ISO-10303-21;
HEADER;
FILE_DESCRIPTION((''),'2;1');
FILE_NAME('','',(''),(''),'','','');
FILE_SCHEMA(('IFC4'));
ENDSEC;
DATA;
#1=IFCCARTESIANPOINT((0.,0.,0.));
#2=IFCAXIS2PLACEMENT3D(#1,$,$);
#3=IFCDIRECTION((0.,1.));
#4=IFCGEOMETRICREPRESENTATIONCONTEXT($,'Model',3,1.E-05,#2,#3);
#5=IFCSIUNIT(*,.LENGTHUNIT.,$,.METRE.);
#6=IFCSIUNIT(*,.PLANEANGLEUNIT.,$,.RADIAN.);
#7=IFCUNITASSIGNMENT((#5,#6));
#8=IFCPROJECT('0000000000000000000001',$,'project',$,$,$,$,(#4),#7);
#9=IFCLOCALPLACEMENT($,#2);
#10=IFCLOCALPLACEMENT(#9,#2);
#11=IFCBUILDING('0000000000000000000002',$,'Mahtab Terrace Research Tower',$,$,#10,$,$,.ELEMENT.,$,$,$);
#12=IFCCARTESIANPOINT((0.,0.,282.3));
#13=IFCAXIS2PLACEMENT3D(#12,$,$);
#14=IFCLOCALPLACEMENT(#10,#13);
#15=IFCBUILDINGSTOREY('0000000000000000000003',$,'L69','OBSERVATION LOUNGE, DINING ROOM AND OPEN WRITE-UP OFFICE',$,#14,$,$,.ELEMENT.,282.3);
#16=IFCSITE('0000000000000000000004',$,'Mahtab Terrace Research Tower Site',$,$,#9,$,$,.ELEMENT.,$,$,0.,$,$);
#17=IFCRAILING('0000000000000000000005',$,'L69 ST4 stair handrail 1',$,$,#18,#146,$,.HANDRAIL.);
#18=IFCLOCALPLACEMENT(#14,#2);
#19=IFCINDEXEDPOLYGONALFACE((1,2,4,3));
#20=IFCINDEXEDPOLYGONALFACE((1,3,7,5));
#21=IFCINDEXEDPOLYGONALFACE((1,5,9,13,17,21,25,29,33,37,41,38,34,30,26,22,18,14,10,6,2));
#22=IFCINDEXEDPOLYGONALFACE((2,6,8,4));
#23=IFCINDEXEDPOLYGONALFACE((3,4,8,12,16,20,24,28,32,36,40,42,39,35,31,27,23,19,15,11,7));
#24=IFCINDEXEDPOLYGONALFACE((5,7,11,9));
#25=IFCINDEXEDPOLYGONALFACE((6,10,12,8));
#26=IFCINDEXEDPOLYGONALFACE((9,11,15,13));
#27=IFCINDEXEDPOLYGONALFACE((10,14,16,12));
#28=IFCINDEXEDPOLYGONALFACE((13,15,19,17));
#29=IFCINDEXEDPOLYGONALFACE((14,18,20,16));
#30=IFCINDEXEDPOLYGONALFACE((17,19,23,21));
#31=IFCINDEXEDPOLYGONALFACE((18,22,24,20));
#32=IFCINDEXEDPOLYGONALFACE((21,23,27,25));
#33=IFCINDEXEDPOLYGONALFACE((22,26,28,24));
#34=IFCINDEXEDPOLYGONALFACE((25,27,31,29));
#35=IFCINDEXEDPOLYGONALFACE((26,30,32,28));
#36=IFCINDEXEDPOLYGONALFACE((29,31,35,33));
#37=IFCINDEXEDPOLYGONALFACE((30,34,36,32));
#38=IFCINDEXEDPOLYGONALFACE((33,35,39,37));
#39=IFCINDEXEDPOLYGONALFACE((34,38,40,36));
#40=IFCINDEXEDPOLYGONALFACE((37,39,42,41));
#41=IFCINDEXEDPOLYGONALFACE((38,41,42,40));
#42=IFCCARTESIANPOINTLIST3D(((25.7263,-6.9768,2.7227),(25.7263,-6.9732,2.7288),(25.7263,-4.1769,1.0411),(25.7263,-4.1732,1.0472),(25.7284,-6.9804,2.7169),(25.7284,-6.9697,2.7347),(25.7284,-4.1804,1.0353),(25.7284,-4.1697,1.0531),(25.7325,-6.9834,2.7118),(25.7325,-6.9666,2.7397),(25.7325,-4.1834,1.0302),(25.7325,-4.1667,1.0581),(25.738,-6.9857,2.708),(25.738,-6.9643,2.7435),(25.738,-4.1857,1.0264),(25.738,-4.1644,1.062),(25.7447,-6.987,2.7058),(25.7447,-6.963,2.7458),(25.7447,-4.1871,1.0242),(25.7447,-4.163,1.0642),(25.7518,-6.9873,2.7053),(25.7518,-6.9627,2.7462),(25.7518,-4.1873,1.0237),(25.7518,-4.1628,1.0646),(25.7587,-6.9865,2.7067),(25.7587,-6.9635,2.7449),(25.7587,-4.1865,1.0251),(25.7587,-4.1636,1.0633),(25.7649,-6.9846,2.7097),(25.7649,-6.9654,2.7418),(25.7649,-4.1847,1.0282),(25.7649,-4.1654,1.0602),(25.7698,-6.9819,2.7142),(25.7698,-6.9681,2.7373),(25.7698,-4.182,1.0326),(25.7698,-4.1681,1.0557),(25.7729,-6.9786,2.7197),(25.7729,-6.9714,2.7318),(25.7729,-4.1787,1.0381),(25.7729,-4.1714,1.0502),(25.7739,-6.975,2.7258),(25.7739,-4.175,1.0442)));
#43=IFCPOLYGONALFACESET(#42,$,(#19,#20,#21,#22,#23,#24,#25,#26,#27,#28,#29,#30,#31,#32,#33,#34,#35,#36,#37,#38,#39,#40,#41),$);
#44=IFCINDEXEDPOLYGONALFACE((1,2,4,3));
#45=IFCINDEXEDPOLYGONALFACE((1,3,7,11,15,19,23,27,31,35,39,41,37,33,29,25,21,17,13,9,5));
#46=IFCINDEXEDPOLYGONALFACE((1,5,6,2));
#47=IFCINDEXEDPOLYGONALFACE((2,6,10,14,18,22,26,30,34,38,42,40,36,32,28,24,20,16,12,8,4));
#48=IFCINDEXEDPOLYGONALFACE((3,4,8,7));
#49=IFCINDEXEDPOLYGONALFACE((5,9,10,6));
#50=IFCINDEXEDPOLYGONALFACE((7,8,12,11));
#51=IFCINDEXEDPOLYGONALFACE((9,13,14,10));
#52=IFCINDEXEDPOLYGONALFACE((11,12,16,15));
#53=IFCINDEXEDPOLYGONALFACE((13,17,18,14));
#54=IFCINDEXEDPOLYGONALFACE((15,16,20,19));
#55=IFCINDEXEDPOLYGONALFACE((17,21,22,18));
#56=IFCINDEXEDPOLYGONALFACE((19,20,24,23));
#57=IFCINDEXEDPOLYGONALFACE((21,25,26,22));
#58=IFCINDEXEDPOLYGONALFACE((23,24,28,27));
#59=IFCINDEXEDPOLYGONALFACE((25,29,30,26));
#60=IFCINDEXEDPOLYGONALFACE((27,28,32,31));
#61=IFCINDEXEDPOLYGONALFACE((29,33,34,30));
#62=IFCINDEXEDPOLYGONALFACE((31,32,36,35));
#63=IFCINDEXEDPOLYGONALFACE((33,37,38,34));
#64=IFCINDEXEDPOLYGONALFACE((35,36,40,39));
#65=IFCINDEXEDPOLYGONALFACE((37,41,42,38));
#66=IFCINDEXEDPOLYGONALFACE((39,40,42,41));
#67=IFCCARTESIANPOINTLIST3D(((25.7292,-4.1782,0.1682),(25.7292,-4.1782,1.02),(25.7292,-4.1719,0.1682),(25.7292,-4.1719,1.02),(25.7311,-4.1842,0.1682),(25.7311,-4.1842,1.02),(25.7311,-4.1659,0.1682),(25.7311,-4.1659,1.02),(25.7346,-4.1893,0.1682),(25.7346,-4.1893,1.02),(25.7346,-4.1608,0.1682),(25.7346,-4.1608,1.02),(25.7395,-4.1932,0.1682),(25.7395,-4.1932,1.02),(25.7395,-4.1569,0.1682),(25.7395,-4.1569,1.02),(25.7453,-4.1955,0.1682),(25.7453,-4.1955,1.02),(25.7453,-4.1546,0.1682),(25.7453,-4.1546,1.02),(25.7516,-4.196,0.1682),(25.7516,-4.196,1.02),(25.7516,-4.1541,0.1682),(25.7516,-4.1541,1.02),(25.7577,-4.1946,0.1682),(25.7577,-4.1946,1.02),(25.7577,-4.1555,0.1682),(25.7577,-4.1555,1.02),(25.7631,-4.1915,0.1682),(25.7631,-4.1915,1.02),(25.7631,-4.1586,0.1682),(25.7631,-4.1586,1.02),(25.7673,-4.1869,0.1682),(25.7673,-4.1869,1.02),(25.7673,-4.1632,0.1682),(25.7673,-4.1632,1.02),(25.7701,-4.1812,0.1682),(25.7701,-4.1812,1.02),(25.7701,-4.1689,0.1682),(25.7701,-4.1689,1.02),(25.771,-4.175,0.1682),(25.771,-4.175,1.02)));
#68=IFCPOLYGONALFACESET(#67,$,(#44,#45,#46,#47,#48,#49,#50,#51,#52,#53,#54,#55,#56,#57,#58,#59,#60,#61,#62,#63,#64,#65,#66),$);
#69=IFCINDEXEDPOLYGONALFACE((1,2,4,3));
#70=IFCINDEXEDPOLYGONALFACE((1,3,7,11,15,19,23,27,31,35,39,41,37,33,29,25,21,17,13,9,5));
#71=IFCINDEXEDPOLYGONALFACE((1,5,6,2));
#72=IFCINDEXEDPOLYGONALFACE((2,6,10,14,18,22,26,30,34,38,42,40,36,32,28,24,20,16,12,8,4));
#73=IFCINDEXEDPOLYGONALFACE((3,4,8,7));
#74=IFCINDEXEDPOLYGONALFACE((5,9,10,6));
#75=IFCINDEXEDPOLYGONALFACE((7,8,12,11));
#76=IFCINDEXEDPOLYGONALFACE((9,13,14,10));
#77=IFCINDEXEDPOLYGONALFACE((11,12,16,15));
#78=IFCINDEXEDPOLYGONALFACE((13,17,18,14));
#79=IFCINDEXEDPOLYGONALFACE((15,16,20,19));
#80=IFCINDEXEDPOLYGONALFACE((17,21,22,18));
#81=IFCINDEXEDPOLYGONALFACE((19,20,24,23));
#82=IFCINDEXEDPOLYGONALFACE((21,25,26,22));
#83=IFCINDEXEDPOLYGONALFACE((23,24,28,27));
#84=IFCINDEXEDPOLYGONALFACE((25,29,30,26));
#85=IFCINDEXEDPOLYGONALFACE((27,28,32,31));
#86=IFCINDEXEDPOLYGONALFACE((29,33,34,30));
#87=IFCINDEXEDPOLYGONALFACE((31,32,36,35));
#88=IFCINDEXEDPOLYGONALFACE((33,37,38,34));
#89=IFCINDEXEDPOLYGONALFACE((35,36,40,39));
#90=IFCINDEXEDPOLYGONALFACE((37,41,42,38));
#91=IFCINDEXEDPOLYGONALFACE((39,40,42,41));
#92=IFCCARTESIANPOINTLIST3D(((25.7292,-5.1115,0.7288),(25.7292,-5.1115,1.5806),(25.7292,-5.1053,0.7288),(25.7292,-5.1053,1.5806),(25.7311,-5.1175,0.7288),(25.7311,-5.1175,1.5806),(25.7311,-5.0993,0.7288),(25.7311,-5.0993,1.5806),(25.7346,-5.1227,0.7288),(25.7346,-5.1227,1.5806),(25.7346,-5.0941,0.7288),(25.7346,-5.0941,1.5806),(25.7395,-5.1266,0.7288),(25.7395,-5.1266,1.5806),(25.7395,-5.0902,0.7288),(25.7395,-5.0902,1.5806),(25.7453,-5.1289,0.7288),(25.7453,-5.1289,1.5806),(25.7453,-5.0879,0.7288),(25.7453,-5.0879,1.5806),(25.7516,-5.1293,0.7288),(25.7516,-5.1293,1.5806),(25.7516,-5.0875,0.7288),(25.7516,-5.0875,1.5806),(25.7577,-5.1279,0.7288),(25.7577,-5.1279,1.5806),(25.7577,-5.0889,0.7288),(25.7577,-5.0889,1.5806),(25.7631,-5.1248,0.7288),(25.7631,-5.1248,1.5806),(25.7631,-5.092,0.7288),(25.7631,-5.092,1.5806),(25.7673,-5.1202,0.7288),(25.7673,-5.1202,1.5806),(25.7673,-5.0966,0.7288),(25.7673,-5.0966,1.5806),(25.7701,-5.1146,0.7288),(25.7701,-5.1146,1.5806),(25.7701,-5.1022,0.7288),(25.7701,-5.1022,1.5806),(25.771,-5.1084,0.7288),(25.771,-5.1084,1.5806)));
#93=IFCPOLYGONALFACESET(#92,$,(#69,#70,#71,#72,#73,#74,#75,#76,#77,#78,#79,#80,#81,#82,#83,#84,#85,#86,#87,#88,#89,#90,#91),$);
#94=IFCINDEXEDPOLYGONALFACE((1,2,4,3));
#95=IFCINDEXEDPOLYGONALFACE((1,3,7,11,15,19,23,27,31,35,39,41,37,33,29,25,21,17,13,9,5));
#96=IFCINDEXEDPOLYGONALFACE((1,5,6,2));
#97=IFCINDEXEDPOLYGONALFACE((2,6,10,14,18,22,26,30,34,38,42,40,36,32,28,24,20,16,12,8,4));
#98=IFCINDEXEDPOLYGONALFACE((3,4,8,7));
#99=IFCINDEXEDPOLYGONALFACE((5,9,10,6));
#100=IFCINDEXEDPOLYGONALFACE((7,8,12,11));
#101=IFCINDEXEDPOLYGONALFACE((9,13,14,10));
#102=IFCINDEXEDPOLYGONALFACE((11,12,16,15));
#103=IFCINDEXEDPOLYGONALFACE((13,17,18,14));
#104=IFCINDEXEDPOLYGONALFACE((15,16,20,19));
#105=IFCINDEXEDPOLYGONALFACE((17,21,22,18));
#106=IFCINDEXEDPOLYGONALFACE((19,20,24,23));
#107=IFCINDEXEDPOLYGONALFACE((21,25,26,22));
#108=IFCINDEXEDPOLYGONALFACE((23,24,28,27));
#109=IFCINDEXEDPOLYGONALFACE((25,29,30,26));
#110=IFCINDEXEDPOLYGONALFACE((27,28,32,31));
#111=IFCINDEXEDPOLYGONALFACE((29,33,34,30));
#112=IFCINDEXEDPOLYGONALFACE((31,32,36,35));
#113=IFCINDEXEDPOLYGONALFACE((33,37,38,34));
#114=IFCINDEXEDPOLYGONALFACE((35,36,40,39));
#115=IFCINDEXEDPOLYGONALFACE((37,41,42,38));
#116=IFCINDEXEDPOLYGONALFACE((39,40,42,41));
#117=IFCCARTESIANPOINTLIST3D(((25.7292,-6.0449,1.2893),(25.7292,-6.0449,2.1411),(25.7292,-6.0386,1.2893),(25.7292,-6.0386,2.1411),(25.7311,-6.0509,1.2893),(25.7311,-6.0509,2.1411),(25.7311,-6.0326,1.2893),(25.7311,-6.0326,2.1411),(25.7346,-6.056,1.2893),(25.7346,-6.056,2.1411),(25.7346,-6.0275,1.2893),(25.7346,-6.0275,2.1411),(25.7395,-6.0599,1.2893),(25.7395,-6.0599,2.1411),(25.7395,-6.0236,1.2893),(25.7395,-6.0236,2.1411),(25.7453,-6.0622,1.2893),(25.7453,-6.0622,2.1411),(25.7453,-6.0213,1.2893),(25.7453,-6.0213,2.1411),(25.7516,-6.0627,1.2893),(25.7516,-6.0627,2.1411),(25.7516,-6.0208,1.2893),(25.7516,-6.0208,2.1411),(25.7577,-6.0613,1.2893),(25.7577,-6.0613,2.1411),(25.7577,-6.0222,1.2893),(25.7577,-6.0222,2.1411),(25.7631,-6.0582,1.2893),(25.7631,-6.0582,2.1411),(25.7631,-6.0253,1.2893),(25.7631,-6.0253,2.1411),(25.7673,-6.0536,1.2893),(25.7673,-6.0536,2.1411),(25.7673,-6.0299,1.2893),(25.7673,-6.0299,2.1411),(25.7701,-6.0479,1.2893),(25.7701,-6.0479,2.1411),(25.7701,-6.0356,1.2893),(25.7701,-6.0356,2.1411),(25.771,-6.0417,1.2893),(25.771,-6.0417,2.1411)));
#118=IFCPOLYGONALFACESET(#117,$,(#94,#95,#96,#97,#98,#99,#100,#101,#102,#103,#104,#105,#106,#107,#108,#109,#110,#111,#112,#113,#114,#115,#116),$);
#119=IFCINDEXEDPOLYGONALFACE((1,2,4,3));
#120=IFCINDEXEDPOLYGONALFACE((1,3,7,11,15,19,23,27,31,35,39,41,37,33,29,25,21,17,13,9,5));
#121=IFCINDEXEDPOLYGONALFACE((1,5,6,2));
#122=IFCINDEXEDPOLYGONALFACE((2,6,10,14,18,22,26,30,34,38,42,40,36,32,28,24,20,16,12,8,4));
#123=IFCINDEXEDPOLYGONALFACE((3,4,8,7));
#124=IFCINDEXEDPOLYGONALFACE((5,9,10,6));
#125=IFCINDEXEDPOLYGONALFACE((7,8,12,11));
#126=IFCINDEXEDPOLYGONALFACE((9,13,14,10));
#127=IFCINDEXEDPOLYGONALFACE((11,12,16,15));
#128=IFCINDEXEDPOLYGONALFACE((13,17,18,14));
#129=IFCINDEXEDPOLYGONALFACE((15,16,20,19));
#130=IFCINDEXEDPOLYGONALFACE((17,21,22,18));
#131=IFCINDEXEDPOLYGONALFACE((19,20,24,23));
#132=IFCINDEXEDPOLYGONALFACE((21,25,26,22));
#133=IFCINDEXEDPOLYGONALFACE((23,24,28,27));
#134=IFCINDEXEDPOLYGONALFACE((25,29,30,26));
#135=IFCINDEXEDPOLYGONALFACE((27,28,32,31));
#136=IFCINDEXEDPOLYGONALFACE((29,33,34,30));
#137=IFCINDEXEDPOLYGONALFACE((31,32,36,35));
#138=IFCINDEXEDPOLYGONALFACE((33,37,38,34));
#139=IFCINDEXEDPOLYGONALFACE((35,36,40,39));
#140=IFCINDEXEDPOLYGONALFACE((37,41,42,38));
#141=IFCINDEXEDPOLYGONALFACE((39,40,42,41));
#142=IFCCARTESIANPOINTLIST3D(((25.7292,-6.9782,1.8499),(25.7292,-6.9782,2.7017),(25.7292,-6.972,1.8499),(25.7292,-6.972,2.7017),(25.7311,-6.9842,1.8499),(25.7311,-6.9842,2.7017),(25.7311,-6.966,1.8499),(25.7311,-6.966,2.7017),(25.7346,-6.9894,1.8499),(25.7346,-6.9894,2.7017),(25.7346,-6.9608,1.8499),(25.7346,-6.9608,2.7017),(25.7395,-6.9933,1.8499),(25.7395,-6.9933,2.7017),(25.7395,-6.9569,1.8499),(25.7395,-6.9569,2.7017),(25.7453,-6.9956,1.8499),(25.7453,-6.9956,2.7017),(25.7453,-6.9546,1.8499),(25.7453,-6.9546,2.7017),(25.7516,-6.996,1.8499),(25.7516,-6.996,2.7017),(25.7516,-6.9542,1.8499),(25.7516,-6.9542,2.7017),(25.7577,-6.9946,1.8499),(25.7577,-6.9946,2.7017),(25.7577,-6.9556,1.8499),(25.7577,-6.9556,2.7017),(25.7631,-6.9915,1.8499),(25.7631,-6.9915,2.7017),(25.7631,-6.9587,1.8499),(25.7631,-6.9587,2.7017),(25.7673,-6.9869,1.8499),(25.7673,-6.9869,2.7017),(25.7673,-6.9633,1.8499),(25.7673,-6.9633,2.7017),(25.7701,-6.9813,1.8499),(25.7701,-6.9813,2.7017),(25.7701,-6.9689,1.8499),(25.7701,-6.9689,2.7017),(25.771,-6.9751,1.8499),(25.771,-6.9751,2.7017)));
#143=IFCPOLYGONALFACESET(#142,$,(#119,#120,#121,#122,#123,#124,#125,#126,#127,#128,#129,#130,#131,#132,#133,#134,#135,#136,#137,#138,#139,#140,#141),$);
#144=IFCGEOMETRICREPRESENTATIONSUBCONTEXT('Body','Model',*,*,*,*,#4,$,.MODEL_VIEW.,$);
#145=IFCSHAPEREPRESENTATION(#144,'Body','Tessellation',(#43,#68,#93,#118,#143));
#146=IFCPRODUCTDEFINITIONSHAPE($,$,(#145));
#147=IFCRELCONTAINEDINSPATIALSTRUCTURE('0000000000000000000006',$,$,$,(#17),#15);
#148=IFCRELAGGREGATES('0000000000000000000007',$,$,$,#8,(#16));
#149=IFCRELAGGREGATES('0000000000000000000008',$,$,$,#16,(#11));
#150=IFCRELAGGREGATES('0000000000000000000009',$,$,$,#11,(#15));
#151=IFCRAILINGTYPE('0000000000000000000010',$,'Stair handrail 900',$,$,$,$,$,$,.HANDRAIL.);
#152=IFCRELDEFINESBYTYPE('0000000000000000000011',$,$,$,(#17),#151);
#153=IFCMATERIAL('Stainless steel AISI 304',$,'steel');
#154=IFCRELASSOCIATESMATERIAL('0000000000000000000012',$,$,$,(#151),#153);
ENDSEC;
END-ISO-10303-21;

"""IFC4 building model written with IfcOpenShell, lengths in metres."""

from ifc_helpers import new_model, si_unit, direction, frame, origin, origin_2d, place, context, subcontext, project, spatial, circle, extrude, material, type_object, element, save


model = new_model("IFC4")

# Units and contexts
model_context = context("Model", 3, precision=1e-05, world=origin(), true_north=direction((0.0, 1.0)))
body_context = subcontext(model_context, "Body", "Model", "MODEL_VIEW")
ifc_project = project(units=[si_unit("LENGTHUNIT", "METRE"), si_unit("PLANEANGLEUNIT", "RADIAN")], contexts=[model_context])

# Site, building, storey
site_placement = place(None, origin())
site = spatial("IfcSite", under=ifc_project, at=site_placement, Name="Mahtab Terrace Research Tower Site", CompositionType="ELEMENT", RefElevation=0.0)
building_placement = place(site_placement, origin())
building = spatial("IfcBuilding", under=site, at=building_placement, Name="Mahtab Terrace Research Tower", CompositionType="ELEMENT")
storey_placement = place(building_placement, frame((0.0, 0.0, 282.3)))
storey = spatial("IfcBuildingStorey", under=building, at=storey_placement, Name="L69", Description="OBSERVATION LOUNGE, DINING ROOM AND OPEN WRITE-UP OFFICE", CompositionType="ELEMENT", Elevation=282.3)

# Railing
ifc_material_1 = material(Name="Stainless steel AISI 304", Category="steel")
railing_type_1 = type_object("IfcRailingType", Name="Stair handrail 900", PredefinedType="HANDRAIL", material=ifc_material_1)
railing_1_placement = place(storey_placement, frame((25.75, -4.175, 0.1682)))
element("IfcRailing", 1, at=railing_1_placement, inside=storey, type_object=railing_type_1, Name="L69 ST4 stair handrail 1", PredefinedType="HANDRAIL", context=body_context, shape_type="SweptSolid", body=[
    extrude(circle(Radius=0.0239, at=origin_2d()), frame((0.0, 0.0, 0.876), z_axis=(0.0, -0.857275, 0.514858), x_axis=(1.0, 0.0, 0.0)), (0.0, 0.0, 1.0), 3.2661),
    extrude(circle(Radius=0.021, at=origin_2d()), origin(), (0.0, 0.0, 1.0), 0.8518),
    extrude(circle(Radius=0.021, at=origin_2d()), frame((0.0, -0.9333, 0.5605)), (0.0, 0.0, 1.0), 0.8518),
    extrude(circle(Radius=0.021, at=origin_2d()), frame((0.0, -1.8667, 1.1211)), (0.0, 0.0, 1.0), 0.8518),
    extrude(circle(Radius=0.021, at=origin_2d()), frame((0.0, -2.8, 1.6816)), (0.0, 0.0, 1.0), 0.8518),
])

save(model, "model.ifc")
